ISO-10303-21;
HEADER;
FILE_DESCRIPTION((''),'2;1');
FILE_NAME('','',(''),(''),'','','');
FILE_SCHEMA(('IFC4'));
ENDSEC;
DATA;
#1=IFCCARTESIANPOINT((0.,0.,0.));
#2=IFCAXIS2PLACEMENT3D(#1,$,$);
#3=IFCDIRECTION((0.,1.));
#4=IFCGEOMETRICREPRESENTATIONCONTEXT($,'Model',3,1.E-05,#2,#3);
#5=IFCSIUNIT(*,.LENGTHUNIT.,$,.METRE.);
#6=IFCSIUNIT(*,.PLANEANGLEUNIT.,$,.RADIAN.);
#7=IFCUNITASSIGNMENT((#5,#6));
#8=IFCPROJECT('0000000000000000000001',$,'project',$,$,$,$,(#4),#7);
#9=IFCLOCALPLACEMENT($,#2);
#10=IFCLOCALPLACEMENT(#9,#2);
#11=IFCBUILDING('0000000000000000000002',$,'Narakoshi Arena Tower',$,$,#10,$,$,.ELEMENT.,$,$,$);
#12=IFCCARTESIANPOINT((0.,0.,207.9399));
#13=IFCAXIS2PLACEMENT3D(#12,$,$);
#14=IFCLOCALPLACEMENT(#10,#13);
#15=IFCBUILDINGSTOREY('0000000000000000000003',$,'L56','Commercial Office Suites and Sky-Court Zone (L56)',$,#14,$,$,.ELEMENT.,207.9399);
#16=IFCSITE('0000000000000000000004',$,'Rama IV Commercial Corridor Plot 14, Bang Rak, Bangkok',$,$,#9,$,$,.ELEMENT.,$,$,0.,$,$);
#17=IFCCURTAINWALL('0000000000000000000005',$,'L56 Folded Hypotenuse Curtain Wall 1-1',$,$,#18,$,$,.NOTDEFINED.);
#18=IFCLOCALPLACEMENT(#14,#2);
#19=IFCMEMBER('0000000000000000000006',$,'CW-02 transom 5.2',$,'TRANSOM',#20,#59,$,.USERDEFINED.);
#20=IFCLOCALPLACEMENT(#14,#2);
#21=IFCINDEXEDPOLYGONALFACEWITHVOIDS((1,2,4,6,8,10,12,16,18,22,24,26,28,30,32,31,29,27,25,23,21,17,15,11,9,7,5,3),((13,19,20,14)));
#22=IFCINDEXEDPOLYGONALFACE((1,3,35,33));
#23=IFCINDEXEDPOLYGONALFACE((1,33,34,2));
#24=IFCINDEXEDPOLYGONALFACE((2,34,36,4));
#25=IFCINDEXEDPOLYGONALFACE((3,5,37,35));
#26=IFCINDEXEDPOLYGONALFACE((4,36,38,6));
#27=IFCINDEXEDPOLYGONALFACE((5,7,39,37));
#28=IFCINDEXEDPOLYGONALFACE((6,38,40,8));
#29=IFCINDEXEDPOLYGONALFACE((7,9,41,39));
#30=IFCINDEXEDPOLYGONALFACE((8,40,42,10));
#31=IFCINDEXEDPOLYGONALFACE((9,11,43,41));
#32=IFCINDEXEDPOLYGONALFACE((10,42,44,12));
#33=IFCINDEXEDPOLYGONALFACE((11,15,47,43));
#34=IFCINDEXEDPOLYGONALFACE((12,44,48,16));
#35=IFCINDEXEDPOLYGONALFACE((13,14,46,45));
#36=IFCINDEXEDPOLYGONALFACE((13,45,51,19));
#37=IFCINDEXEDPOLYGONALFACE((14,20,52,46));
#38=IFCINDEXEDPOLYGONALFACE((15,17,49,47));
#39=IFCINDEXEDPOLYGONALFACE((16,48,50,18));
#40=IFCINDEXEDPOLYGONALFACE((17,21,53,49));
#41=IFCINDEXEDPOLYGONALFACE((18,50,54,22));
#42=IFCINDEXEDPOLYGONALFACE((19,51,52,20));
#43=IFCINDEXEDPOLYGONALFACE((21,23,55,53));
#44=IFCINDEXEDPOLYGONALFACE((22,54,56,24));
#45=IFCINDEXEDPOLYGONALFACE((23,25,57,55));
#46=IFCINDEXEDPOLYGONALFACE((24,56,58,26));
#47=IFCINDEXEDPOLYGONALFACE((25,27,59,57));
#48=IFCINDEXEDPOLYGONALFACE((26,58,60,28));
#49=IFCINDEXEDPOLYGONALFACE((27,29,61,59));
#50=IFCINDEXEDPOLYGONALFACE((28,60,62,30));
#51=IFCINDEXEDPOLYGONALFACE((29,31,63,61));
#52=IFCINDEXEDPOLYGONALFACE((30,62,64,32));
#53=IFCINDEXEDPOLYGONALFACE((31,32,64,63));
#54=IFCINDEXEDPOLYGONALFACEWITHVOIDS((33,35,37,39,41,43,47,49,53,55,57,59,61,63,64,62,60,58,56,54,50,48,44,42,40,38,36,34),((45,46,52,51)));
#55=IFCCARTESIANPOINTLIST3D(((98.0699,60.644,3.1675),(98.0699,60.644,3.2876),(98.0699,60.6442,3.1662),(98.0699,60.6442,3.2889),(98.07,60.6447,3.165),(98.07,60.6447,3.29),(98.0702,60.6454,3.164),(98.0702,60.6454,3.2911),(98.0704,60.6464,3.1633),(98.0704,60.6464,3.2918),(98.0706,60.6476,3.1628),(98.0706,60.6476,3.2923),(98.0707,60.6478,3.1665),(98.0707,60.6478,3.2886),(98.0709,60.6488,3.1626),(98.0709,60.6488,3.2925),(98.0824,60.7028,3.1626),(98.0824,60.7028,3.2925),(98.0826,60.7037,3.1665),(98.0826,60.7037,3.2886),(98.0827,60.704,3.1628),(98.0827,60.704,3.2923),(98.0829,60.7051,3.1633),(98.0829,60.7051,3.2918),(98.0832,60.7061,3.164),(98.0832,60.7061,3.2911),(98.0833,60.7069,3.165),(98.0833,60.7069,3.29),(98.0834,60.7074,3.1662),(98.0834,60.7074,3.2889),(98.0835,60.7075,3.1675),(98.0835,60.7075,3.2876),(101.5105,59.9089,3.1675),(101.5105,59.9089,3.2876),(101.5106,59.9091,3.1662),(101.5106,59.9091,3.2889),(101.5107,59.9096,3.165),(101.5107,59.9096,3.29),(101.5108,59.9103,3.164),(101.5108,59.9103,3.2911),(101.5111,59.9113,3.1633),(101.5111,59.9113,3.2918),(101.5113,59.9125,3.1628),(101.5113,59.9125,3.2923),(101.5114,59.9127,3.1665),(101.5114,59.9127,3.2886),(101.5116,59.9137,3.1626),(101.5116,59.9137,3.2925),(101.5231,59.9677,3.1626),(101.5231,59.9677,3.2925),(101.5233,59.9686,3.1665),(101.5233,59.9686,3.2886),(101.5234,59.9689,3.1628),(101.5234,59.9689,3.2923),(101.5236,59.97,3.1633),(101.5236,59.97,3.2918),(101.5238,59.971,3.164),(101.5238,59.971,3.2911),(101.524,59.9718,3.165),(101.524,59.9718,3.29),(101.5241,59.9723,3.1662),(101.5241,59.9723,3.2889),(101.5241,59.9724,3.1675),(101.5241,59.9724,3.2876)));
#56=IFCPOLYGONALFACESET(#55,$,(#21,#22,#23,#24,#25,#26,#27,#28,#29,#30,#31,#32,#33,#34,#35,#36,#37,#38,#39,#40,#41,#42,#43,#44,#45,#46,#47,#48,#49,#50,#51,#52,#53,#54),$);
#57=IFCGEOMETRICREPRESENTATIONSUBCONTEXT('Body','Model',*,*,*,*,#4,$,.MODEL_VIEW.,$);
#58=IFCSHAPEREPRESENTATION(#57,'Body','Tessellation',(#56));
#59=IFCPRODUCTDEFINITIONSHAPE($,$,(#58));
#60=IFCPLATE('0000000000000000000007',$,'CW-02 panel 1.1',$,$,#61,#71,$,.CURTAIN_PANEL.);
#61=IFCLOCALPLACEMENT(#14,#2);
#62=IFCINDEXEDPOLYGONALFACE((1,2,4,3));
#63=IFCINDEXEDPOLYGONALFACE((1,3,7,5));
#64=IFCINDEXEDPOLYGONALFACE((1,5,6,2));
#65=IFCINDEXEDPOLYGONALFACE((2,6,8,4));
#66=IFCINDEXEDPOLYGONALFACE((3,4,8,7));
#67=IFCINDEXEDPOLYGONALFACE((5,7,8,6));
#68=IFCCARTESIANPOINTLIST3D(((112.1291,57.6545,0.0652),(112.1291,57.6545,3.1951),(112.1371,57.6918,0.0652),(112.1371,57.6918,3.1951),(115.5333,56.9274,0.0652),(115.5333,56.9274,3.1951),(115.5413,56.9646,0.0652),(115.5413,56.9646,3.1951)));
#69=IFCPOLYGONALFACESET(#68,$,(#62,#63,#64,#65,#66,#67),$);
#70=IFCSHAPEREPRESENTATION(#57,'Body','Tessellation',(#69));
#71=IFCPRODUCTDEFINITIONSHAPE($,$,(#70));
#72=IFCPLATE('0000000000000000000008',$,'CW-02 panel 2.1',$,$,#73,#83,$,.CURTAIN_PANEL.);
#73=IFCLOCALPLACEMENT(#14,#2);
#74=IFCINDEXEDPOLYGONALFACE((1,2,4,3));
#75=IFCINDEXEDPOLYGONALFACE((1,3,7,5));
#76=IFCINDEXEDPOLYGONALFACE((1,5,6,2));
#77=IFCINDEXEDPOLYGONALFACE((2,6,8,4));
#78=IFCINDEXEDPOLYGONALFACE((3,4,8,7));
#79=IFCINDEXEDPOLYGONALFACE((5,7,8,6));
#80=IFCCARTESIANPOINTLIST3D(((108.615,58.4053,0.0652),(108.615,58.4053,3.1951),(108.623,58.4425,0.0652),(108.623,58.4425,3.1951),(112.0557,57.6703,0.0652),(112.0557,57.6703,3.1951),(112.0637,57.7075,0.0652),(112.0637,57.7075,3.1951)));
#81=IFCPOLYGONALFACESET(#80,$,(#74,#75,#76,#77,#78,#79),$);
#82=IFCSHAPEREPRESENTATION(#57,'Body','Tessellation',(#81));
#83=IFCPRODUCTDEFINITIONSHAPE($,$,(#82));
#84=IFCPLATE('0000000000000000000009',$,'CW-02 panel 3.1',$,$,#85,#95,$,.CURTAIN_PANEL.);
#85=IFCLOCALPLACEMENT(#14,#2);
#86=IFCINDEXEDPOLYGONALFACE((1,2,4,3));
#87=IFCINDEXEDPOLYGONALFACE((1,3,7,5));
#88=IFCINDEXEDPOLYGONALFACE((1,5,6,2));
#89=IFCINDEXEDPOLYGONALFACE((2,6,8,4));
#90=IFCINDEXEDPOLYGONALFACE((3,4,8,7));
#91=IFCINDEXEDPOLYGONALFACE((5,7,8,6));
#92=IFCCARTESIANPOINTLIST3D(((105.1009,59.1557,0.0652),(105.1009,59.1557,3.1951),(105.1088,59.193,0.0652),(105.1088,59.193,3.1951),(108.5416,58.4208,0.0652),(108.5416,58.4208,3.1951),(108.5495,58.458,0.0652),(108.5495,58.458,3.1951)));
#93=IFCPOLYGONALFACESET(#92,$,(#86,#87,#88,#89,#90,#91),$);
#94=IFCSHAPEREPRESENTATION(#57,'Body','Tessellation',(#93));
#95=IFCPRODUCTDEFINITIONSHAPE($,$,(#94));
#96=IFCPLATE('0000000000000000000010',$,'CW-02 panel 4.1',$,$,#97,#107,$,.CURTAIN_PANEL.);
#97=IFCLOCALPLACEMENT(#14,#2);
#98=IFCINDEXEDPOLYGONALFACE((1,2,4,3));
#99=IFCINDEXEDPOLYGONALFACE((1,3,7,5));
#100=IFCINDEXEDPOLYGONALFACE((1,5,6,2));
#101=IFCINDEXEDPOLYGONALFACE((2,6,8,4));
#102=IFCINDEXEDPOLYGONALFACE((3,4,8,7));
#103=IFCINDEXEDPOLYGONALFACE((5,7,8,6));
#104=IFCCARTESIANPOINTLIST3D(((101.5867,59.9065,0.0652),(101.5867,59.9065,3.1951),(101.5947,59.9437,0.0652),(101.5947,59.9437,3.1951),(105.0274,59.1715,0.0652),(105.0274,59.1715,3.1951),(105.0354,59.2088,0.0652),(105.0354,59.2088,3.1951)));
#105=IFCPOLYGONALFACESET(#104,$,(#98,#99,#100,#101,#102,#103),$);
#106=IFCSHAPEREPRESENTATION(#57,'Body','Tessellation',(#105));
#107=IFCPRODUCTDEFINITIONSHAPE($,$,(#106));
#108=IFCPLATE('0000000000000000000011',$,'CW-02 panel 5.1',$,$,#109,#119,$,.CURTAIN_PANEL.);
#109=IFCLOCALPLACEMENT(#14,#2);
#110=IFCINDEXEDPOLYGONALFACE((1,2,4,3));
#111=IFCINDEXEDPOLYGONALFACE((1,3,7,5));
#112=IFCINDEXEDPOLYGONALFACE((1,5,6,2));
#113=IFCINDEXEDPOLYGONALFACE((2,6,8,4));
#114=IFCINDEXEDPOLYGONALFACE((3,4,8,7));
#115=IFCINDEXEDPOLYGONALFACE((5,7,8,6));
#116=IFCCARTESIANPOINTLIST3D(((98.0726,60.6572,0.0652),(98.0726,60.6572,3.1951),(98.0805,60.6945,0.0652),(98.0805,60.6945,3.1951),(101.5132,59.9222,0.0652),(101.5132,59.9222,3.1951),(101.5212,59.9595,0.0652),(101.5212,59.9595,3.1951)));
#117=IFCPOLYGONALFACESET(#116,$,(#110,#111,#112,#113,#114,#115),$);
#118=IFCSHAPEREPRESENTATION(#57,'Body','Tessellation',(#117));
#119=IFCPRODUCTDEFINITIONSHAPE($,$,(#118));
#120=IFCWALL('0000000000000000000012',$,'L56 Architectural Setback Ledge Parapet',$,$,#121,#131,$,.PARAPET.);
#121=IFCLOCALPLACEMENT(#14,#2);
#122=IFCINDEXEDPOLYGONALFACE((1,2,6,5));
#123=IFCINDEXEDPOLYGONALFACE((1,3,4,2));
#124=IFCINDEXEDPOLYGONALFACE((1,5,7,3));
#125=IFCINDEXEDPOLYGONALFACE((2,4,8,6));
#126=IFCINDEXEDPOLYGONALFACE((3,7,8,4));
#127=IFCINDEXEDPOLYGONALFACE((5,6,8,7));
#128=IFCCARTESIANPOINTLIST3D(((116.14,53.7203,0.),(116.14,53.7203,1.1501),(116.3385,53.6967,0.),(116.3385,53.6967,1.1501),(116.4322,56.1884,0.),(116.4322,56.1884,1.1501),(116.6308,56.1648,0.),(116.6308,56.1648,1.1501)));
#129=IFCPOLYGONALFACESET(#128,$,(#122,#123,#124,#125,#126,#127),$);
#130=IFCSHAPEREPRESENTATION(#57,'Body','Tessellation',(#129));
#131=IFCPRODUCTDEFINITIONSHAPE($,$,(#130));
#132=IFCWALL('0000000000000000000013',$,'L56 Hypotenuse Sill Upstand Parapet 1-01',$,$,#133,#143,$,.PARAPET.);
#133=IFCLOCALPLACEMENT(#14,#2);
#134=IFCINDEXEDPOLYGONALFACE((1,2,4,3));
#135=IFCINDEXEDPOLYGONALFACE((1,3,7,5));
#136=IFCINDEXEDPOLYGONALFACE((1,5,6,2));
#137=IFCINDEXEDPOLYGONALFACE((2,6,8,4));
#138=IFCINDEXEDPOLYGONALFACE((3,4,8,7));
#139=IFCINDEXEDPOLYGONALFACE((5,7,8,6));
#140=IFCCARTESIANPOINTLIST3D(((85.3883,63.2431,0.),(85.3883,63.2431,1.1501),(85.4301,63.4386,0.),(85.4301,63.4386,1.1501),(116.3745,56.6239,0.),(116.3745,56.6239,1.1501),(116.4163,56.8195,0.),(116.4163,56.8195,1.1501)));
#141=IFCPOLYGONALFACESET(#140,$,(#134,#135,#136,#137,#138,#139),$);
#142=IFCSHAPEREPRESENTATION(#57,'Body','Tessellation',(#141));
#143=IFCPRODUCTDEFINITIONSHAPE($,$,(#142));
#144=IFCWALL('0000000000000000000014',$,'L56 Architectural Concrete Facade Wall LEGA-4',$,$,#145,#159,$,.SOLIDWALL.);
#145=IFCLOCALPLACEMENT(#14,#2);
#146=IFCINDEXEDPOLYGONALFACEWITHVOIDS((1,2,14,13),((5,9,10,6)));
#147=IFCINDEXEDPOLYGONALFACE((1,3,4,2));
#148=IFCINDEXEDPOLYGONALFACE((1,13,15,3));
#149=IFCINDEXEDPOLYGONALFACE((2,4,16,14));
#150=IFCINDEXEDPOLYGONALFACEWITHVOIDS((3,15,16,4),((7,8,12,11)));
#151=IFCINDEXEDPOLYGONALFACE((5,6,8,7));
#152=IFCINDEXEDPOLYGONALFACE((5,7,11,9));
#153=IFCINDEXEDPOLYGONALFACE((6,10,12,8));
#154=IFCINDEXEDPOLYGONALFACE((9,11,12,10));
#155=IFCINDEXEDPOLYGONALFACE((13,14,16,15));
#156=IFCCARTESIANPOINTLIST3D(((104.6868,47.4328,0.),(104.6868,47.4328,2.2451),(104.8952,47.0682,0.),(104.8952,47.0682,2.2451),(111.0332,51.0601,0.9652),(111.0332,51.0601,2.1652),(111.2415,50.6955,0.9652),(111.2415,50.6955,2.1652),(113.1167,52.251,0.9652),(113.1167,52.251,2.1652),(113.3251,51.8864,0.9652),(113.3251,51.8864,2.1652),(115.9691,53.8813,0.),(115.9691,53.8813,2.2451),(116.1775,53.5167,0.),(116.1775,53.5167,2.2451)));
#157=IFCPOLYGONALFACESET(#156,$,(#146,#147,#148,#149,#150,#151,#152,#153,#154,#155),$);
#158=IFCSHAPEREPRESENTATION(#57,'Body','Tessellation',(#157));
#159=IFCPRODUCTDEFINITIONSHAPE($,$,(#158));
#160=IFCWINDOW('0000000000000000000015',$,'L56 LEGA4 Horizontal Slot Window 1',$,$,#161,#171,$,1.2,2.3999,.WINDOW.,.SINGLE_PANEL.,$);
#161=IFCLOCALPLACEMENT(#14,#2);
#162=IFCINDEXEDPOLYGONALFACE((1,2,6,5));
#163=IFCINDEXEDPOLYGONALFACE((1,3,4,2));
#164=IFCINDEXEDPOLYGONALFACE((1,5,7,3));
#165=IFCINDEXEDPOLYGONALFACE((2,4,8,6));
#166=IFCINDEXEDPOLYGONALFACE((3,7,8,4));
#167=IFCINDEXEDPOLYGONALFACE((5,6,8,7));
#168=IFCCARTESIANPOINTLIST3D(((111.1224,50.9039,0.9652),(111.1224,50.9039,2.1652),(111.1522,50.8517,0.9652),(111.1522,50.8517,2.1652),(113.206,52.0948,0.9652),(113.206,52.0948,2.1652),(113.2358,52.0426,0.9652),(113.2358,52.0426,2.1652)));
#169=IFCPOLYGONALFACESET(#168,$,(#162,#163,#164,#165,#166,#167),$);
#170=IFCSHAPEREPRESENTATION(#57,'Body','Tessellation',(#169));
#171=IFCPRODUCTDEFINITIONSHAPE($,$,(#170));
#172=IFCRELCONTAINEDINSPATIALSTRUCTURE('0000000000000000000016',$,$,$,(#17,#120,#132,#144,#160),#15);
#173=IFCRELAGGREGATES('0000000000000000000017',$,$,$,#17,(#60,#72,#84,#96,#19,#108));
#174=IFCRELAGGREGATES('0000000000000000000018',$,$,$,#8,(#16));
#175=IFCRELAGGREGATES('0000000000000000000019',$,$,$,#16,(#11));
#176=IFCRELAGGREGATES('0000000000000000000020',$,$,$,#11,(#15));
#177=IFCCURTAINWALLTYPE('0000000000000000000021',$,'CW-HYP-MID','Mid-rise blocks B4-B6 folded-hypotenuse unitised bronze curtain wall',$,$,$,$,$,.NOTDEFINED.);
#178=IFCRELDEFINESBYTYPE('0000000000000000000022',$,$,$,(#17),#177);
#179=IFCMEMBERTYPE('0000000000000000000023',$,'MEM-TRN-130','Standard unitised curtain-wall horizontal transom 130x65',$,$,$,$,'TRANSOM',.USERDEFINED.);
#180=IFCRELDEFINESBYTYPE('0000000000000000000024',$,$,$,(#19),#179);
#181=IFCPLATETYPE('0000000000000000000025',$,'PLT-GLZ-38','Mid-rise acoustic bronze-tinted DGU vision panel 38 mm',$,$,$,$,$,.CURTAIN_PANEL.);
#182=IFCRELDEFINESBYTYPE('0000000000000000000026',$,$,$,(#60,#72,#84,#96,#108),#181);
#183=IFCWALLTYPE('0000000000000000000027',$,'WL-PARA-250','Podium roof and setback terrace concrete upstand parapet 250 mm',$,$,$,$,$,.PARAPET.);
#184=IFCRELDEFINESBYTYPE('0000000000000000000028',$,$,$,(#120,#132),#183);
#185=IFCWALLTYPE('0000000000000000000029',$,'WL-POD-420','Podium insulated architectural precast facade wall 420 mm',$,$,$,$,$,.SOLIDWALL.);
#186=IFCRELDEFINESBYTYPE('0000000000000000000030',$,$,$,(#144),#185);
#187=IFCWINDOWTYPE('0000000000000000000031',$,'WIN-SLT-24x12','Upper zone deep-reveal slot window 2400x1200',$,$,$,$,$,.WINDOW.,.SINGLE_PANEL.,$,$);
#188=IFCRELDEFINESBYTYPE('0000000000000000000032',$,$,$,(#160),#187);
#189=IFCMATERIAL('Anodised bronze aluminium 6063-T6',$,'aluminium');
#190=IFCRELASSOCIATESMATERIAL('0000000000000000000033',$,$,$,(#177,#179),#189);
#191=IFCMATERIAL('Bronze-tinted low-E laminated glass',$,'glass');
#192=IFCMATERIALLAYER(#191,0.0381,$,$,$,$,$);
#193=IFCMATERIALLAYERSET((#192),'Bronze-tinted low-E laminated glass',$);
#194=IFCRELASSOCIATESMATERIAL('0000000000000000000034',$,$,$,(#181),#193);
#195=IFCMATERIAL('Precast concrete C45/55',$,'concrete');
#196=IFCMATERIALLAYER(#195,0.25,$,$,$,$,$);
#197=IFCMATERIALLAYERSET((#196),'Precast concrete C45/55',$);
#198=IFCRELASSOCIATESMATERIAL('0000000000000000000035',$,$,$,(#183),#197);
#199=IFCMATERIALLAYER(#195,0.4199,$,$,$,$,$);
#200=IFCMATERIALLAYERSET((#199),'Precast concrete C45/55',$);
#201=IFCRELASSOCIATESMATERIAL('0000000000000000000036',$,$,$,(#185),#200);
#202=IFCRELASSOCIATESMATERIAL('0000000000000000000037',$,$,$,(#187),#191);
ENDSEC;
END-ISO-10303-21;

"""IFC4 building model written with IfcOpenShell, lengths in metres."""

from ifc_helpers import new_model, si_unit, direction, frame, frame_2d, origin, origin_2d, place, context, subcontext, project, spatial, rectangle, hollow_rectangle, extrude, material, layer, layer_set, material_profile, profile_set, type_object, element, fill, aggregate, save


model = new_model("IFC4")

# Units and contexts
model_context = context("Model", 3, precision=1e-05, world=origin(), true_north=direction((0.0, 1.0)))
body_context = subcontext(model_context, "Body", "Model", "MODEL_VIEW")
ifc_project = project(units=[si_unit("LENGTHUNIT", "METRE"), si_unit("PLANEANGLEUNIT", "RADIAN")], contexts=[model_context])

# Site, building, storey
site_placement = place(None, origin())
site = spatial("IfcSite", under=ifc_project, at=site_placement, Name="Rama IV Commercial Corridor Plot 14, Bang Rak, Bangkok", CompositionType="ELEMENT", RefElevation=0.0)
building_placement = place(site_placement, origin())
building = spatial("IfcBuilding", under=site, at=building_placement, Name="Narakoshi Arena Tower", CompositionType="ELEMENT")
storey_placement = place(building_placement, frame((0.0, 0.0, 207.9399)))
storey = spatial("IfcBuildingStorey", under=building, at=storey_placement, Name="L56", Description="Commercial Office Suites and Sky-Court Zone (L56)", CompositionType="ELEMENT", Elevation=207.9399)

# Curtain wall, member, plates
ifc_material_1 = material(Name="Anodised bronze aluminium 6063-T6", Category="aluminium")
curtain_wall_type = type_object("IfcCurtainWallType", Name="CW-HYP-MID", Description="Mid-rise blocks B4-B6 folded-hypotenuse unitised bronze curtain wall", PredefinedType="NOTDEFINED", material=ifc_material_1)
curtain_wall_placement = place(storey_placement, origin())
curtain_wall = element("IfcCurtainWall", 1, at=curtain_wall_placement, inside=storey, type_object=curtain_wall_type, Name="L56 Folded Hypotenuse Curtain Wall 1-1", PredefinedType="NOTDEFINED")
ifc_material_profile_1 = material_profile(ifc_material_1, hollow_rectangle(XDim=0.0649, YDim=0.1299, WallThickness=0.0039, OuterFilletRadius=0.0049, at=origin_2d()), Name="TRN130x65x4")
ifc_profile_set_1 = profile_set([ifc_material_profile_1], Name="Anodised bronze aluminium 6063-T6")
member_type_1 = type_object("IfcMemberType", Name="MEM-TRN-130", Description="Standard unitised curtain-wall horizontal transom 130x65", ElementType="TRANSOM", PredefinedType="USERDEFINED", material=ifc_profile_set_1)
member_1_placement = place(storey_placement, frame((101.5173, 59.9407, 3.2275), z_axis=(-0.977929, 0.208937, 0.0), x_axis=(-0.208937, -0.977929, 0.0)))
member_1 = element("IfcMember", 2, at=member_1_placement, type_object=member_type_1, Name="CW-02 transom 5.2", ObjectType="TRANSOM", PredefinedType="USERDEFINED", context=body_context, shape_type="SweptSolid", body=[
    extrude(hollow_rectangle(XDim=0.0649, YDim=0.1299, WallThickness=0.0039, OuterFilletRadius=0.0049, at=origin_2d()), origin(), (0.0, 0.0, 1.0), 3.5183),
])
ifc_material_2 = material(Name="Bronze-tinted low-E laminated glass", Category="glass")
ifc_layer_1 = layer(ifc_material_2, 0.0381)
ifc_layer_set_1 = layer_set([ifc_layer_1], Name="Bronze-tinted low-E laminated glass")
plate_type = type_object("IfcPlateType", Name="PLT-GLZ-38", Description="Mid-rise acoustic bronze-tinted DGU vision panel 38 mm", PredefinedType="CURTAIN_PANEL", material=ifc_layer_set_1)
plate_1_placement = place(storey_placement, frame((113.8352, 57.3096, 0.0652), z_axis=(0.0, 0.0, 1.0), x_axis=(-0.977937, 0.208899, 0.0)))
plate_1 = element("IfcPlate", 3, at=plate_1_placement, type_object=plate_type, Name="CW-02 panel 1.1", PredefinedType="CURTAIN_PANEL", context=body_context, shape_type="SweptSolid", body=[
    extrude(rectangle(XDim=3.481, YDim=0.0381, at=origin_2d()), origin(), (0.0, 0.0, 1.0), 3.1299),
])
plate_2_placement = place(storey_placement, frame((110.3394, 58.0564, 0.0652), z_axis=(0.0, 0.0, 1.0), x_axis=(-0.977937, 0.208899, 0.0)))
plate_2 = element("IfcPlate", 4, at=plate_2_placement, type_object=plate_type, Name="CW-02 panel 2.1", PredefinedType="CURTAIN_PANEL", context=body_context, shape_type="SweptSolid", body=[
    extrude(rectangle(XDim=3.5183, YDim=0.0381, at=origin_2d()), origin(), (0.0, 0.0, 1.0), 3.1299),
])
plate_3_placement = place(storey_placement, frame((106.8252, 58.8069, 0.0652), z_axis=(0.0, 0.0, 1.0), x_axis=(-0.977937, 0.208899, 0.0)))
plate_3 = element("IfcPlate", 5, at=plate_3_placement, type_object=plate_type, Name="CW-02 panel 3.1", PredefinedType="CURTAIN_PANEL", context=body_context, shape_type="SweptSolid", body=[
    extrude(rectangle(XDim=3.5183, YDim=0.0381, at=origin_2d()), origin(), (0.0, 0.0, 1.0), 3.1299),
])
plate_4_placement = place(storey_placement, frame((103.311, 59.5576, 0.0652), z_axis=(0.0, 0.0, 1.0), x_axis=(-0.977937, 0.208899, 0.0)))
plate_4 = element("IfcPlate", 6, at=plate_4_placement, type_object=plate_type, Name="CW-02 panel 4.1", PredefinedType="CURTAIN_PANEL", context=body_context, shape_type="SweptSolid", body=[
    extrude(rectangle(XDim=3.5183, YDim=0.0381, at=origin_2d()), origin(), (0.0, 0.0, 1.0), 3.1299),
])
plate_5_placement = place(storey_placement, frame((99.7969, 60.3083, 0.0652), z_axis=(0.0, 0.0, 1.0), x_axis=(-0.977937, 0.208899, 0.0)))
plate_5 = element("IfcPlate", 7, at=plate_5_placement, type_object=plate_type, Name="CW-02 panel 5.1", PredefinedType="CURTAIN_PANEL", context=body_context, shape_type="SweptSolid", body=[
    extrude(rectangle(XDim=3.5183, YDim=0.0381, at=origin_2d()), origin(), (0.0, 0.0, 1.0), 3.1299),
])
aggregate(curtain_wall, [plate_1, plate_2, plate_3, plate_4, member_1, plate_5])

# Walls
ifc_material_3 = material(Name="Precast concrete C45/55", Category="concrete")
ifc_layer_2 = layer(ifc_material_3, 0.25)
ifc_layer_set_2 = layer_set([ifc_layer_2], Name="Precast concrete C45/55")
wall_type_1 = type_object("IfcWallType", Name="WL-PARA-250", Description="Podium roof and setback terrace concrete upstand parapet 250 mm", PredefinedType="PARAPET", material=ifc_layer_set_2)
wall_1_placement = place(storey_placement, frame((116.2393, 53.7085, 0.0), z_axis=(0.0, 0.0, 1.0), x_axis=(0.117588, 0.993062, 0.0)))
element("IfcWall", 8, at=wall_1_placement, inside=storey, type_object=wall_type_1, Name="L56 Architectural Setback Ledge Parapet", PredefinedType="PARAPET", context=body_context, shape_type="SweptSolid", body=[
    extrude(rectangle(XDim=2.4854, YDim=0.2, at=frame_2d((1.2427, 0.0))), origin(), (0.0, 0.0, 1.0), 1.1501),
])
wall_2_placement = place(storey_placement, frame((116.3955, 56.7217, 0.0), z_axis=(0.0, 0.0, 1.0), x_axis=(-0.977937, 0.208902, 0.0)))
element("IfcWall", 9, at=wall_2_placement, inside=storey, type_object=wall_type_1, Name="L56 Hypotenuse Sill Upstand Parapet 1-01", PredefinedType="PARAPET", context=body_context, shape_type="SweptSolid", body=[
    extrude(rectangle(XDim=31.6853, YDim=0.2, at=frame_2d((15.8428, 0.0))), origin(), (0.0, 0.0, 1.0), 1.1501),
])

# Wall, opening, window
ifc_layer_3 = layer(ifc_material_3, 0.4199)
ifc_layer_set_3 = layer_set([ifc_layer_3], Name="Precast concrete C45/55")
wall_type_2 = type_object("IfcWallType", Name="WL-POD-420", Description="Podium insulated architectural precast facade wall 420 mm", PredefinedType="SOLIDWALL", material=ifc_layer_set_3)
wall_3_placement = place(storey_placement, frame((104.791, 47.2505, 0.0), z_axis=(0.0, 0.0, 1.0), x_axis=(0.868193, 0.496226, 0.0)))
wall_3 = element("IfcWall", 10, at=wall_3_placement, inside=storey, type_object=wall_type_2, Name="L56 Architectural Concrete Facade Wall LEGA-4", PredefinedType="SOLIDWALL", context=body_context, shape_type="SweptSolid", body=[
    extrude(rectangle(XDim=12.9951, YDim=0.4199, at=frame_2d((6.4976, 0.0))), origin(), (0.0, 0.0, 1.0), 2.2451),
])
opening_1_placement = place(wall_3_placement, frame((7.3098, 0.0, 0.9651)))
opening_1 = element("IfcOpeningElement", 11, at=opening_1_placement, cuts=wall_3, PredefinedType="OPENING", context=body_context, shape_type="SweptSolid", body=[
    extrude(rectangle(XDim=2.3999, YDim=1.2, at=frame_2d((1.2, 0.6001))), frame((0.0, 0.22, 0.0), z_axis=(0.0, -1.0, 0.0), x_axis=(1.0, 0.0, 0.0)), (0.0, 0.0, 1.0), 0.4399),
])
window_type_1 = type_object("IfcWindowType", Name="WIN-SLT-24x12", Description="Upper zone deep-reveal slot window 2400x1200", PartitioningType="SINGLE_PANEL", PredefinedType="WINDOW", material=ifc_material_2)
window_1_placement = place(opening_1_placement, origin())
window_1 = element("IfcWindow", 12, at=window_1_placement, inside=storey, type_object=window_type_1, Name="L56 LEGA4 Horizontal Slot Window 1", OverallHeight=1.2, OverallWidth=2.3999, PartitioningType="SINGLE_PANEL", PredefinedType="WINDOW", context=body_context, shape_type="SweptSolid", body=[
    extrude(rectangle(XDim=2.3999, YDim=1.2, at=frame_2d((1.2, 0.6001))), frame((0.0, 0.03, 0.0), z_axis=(0.0, -1.0, 0.0), x_axis=(1.0, 0.0, 0.0)), (0.0, 0.0, 1.0), 0.0601),
])
fill(opening_1, window_1)

save(model, "model.ifc")
